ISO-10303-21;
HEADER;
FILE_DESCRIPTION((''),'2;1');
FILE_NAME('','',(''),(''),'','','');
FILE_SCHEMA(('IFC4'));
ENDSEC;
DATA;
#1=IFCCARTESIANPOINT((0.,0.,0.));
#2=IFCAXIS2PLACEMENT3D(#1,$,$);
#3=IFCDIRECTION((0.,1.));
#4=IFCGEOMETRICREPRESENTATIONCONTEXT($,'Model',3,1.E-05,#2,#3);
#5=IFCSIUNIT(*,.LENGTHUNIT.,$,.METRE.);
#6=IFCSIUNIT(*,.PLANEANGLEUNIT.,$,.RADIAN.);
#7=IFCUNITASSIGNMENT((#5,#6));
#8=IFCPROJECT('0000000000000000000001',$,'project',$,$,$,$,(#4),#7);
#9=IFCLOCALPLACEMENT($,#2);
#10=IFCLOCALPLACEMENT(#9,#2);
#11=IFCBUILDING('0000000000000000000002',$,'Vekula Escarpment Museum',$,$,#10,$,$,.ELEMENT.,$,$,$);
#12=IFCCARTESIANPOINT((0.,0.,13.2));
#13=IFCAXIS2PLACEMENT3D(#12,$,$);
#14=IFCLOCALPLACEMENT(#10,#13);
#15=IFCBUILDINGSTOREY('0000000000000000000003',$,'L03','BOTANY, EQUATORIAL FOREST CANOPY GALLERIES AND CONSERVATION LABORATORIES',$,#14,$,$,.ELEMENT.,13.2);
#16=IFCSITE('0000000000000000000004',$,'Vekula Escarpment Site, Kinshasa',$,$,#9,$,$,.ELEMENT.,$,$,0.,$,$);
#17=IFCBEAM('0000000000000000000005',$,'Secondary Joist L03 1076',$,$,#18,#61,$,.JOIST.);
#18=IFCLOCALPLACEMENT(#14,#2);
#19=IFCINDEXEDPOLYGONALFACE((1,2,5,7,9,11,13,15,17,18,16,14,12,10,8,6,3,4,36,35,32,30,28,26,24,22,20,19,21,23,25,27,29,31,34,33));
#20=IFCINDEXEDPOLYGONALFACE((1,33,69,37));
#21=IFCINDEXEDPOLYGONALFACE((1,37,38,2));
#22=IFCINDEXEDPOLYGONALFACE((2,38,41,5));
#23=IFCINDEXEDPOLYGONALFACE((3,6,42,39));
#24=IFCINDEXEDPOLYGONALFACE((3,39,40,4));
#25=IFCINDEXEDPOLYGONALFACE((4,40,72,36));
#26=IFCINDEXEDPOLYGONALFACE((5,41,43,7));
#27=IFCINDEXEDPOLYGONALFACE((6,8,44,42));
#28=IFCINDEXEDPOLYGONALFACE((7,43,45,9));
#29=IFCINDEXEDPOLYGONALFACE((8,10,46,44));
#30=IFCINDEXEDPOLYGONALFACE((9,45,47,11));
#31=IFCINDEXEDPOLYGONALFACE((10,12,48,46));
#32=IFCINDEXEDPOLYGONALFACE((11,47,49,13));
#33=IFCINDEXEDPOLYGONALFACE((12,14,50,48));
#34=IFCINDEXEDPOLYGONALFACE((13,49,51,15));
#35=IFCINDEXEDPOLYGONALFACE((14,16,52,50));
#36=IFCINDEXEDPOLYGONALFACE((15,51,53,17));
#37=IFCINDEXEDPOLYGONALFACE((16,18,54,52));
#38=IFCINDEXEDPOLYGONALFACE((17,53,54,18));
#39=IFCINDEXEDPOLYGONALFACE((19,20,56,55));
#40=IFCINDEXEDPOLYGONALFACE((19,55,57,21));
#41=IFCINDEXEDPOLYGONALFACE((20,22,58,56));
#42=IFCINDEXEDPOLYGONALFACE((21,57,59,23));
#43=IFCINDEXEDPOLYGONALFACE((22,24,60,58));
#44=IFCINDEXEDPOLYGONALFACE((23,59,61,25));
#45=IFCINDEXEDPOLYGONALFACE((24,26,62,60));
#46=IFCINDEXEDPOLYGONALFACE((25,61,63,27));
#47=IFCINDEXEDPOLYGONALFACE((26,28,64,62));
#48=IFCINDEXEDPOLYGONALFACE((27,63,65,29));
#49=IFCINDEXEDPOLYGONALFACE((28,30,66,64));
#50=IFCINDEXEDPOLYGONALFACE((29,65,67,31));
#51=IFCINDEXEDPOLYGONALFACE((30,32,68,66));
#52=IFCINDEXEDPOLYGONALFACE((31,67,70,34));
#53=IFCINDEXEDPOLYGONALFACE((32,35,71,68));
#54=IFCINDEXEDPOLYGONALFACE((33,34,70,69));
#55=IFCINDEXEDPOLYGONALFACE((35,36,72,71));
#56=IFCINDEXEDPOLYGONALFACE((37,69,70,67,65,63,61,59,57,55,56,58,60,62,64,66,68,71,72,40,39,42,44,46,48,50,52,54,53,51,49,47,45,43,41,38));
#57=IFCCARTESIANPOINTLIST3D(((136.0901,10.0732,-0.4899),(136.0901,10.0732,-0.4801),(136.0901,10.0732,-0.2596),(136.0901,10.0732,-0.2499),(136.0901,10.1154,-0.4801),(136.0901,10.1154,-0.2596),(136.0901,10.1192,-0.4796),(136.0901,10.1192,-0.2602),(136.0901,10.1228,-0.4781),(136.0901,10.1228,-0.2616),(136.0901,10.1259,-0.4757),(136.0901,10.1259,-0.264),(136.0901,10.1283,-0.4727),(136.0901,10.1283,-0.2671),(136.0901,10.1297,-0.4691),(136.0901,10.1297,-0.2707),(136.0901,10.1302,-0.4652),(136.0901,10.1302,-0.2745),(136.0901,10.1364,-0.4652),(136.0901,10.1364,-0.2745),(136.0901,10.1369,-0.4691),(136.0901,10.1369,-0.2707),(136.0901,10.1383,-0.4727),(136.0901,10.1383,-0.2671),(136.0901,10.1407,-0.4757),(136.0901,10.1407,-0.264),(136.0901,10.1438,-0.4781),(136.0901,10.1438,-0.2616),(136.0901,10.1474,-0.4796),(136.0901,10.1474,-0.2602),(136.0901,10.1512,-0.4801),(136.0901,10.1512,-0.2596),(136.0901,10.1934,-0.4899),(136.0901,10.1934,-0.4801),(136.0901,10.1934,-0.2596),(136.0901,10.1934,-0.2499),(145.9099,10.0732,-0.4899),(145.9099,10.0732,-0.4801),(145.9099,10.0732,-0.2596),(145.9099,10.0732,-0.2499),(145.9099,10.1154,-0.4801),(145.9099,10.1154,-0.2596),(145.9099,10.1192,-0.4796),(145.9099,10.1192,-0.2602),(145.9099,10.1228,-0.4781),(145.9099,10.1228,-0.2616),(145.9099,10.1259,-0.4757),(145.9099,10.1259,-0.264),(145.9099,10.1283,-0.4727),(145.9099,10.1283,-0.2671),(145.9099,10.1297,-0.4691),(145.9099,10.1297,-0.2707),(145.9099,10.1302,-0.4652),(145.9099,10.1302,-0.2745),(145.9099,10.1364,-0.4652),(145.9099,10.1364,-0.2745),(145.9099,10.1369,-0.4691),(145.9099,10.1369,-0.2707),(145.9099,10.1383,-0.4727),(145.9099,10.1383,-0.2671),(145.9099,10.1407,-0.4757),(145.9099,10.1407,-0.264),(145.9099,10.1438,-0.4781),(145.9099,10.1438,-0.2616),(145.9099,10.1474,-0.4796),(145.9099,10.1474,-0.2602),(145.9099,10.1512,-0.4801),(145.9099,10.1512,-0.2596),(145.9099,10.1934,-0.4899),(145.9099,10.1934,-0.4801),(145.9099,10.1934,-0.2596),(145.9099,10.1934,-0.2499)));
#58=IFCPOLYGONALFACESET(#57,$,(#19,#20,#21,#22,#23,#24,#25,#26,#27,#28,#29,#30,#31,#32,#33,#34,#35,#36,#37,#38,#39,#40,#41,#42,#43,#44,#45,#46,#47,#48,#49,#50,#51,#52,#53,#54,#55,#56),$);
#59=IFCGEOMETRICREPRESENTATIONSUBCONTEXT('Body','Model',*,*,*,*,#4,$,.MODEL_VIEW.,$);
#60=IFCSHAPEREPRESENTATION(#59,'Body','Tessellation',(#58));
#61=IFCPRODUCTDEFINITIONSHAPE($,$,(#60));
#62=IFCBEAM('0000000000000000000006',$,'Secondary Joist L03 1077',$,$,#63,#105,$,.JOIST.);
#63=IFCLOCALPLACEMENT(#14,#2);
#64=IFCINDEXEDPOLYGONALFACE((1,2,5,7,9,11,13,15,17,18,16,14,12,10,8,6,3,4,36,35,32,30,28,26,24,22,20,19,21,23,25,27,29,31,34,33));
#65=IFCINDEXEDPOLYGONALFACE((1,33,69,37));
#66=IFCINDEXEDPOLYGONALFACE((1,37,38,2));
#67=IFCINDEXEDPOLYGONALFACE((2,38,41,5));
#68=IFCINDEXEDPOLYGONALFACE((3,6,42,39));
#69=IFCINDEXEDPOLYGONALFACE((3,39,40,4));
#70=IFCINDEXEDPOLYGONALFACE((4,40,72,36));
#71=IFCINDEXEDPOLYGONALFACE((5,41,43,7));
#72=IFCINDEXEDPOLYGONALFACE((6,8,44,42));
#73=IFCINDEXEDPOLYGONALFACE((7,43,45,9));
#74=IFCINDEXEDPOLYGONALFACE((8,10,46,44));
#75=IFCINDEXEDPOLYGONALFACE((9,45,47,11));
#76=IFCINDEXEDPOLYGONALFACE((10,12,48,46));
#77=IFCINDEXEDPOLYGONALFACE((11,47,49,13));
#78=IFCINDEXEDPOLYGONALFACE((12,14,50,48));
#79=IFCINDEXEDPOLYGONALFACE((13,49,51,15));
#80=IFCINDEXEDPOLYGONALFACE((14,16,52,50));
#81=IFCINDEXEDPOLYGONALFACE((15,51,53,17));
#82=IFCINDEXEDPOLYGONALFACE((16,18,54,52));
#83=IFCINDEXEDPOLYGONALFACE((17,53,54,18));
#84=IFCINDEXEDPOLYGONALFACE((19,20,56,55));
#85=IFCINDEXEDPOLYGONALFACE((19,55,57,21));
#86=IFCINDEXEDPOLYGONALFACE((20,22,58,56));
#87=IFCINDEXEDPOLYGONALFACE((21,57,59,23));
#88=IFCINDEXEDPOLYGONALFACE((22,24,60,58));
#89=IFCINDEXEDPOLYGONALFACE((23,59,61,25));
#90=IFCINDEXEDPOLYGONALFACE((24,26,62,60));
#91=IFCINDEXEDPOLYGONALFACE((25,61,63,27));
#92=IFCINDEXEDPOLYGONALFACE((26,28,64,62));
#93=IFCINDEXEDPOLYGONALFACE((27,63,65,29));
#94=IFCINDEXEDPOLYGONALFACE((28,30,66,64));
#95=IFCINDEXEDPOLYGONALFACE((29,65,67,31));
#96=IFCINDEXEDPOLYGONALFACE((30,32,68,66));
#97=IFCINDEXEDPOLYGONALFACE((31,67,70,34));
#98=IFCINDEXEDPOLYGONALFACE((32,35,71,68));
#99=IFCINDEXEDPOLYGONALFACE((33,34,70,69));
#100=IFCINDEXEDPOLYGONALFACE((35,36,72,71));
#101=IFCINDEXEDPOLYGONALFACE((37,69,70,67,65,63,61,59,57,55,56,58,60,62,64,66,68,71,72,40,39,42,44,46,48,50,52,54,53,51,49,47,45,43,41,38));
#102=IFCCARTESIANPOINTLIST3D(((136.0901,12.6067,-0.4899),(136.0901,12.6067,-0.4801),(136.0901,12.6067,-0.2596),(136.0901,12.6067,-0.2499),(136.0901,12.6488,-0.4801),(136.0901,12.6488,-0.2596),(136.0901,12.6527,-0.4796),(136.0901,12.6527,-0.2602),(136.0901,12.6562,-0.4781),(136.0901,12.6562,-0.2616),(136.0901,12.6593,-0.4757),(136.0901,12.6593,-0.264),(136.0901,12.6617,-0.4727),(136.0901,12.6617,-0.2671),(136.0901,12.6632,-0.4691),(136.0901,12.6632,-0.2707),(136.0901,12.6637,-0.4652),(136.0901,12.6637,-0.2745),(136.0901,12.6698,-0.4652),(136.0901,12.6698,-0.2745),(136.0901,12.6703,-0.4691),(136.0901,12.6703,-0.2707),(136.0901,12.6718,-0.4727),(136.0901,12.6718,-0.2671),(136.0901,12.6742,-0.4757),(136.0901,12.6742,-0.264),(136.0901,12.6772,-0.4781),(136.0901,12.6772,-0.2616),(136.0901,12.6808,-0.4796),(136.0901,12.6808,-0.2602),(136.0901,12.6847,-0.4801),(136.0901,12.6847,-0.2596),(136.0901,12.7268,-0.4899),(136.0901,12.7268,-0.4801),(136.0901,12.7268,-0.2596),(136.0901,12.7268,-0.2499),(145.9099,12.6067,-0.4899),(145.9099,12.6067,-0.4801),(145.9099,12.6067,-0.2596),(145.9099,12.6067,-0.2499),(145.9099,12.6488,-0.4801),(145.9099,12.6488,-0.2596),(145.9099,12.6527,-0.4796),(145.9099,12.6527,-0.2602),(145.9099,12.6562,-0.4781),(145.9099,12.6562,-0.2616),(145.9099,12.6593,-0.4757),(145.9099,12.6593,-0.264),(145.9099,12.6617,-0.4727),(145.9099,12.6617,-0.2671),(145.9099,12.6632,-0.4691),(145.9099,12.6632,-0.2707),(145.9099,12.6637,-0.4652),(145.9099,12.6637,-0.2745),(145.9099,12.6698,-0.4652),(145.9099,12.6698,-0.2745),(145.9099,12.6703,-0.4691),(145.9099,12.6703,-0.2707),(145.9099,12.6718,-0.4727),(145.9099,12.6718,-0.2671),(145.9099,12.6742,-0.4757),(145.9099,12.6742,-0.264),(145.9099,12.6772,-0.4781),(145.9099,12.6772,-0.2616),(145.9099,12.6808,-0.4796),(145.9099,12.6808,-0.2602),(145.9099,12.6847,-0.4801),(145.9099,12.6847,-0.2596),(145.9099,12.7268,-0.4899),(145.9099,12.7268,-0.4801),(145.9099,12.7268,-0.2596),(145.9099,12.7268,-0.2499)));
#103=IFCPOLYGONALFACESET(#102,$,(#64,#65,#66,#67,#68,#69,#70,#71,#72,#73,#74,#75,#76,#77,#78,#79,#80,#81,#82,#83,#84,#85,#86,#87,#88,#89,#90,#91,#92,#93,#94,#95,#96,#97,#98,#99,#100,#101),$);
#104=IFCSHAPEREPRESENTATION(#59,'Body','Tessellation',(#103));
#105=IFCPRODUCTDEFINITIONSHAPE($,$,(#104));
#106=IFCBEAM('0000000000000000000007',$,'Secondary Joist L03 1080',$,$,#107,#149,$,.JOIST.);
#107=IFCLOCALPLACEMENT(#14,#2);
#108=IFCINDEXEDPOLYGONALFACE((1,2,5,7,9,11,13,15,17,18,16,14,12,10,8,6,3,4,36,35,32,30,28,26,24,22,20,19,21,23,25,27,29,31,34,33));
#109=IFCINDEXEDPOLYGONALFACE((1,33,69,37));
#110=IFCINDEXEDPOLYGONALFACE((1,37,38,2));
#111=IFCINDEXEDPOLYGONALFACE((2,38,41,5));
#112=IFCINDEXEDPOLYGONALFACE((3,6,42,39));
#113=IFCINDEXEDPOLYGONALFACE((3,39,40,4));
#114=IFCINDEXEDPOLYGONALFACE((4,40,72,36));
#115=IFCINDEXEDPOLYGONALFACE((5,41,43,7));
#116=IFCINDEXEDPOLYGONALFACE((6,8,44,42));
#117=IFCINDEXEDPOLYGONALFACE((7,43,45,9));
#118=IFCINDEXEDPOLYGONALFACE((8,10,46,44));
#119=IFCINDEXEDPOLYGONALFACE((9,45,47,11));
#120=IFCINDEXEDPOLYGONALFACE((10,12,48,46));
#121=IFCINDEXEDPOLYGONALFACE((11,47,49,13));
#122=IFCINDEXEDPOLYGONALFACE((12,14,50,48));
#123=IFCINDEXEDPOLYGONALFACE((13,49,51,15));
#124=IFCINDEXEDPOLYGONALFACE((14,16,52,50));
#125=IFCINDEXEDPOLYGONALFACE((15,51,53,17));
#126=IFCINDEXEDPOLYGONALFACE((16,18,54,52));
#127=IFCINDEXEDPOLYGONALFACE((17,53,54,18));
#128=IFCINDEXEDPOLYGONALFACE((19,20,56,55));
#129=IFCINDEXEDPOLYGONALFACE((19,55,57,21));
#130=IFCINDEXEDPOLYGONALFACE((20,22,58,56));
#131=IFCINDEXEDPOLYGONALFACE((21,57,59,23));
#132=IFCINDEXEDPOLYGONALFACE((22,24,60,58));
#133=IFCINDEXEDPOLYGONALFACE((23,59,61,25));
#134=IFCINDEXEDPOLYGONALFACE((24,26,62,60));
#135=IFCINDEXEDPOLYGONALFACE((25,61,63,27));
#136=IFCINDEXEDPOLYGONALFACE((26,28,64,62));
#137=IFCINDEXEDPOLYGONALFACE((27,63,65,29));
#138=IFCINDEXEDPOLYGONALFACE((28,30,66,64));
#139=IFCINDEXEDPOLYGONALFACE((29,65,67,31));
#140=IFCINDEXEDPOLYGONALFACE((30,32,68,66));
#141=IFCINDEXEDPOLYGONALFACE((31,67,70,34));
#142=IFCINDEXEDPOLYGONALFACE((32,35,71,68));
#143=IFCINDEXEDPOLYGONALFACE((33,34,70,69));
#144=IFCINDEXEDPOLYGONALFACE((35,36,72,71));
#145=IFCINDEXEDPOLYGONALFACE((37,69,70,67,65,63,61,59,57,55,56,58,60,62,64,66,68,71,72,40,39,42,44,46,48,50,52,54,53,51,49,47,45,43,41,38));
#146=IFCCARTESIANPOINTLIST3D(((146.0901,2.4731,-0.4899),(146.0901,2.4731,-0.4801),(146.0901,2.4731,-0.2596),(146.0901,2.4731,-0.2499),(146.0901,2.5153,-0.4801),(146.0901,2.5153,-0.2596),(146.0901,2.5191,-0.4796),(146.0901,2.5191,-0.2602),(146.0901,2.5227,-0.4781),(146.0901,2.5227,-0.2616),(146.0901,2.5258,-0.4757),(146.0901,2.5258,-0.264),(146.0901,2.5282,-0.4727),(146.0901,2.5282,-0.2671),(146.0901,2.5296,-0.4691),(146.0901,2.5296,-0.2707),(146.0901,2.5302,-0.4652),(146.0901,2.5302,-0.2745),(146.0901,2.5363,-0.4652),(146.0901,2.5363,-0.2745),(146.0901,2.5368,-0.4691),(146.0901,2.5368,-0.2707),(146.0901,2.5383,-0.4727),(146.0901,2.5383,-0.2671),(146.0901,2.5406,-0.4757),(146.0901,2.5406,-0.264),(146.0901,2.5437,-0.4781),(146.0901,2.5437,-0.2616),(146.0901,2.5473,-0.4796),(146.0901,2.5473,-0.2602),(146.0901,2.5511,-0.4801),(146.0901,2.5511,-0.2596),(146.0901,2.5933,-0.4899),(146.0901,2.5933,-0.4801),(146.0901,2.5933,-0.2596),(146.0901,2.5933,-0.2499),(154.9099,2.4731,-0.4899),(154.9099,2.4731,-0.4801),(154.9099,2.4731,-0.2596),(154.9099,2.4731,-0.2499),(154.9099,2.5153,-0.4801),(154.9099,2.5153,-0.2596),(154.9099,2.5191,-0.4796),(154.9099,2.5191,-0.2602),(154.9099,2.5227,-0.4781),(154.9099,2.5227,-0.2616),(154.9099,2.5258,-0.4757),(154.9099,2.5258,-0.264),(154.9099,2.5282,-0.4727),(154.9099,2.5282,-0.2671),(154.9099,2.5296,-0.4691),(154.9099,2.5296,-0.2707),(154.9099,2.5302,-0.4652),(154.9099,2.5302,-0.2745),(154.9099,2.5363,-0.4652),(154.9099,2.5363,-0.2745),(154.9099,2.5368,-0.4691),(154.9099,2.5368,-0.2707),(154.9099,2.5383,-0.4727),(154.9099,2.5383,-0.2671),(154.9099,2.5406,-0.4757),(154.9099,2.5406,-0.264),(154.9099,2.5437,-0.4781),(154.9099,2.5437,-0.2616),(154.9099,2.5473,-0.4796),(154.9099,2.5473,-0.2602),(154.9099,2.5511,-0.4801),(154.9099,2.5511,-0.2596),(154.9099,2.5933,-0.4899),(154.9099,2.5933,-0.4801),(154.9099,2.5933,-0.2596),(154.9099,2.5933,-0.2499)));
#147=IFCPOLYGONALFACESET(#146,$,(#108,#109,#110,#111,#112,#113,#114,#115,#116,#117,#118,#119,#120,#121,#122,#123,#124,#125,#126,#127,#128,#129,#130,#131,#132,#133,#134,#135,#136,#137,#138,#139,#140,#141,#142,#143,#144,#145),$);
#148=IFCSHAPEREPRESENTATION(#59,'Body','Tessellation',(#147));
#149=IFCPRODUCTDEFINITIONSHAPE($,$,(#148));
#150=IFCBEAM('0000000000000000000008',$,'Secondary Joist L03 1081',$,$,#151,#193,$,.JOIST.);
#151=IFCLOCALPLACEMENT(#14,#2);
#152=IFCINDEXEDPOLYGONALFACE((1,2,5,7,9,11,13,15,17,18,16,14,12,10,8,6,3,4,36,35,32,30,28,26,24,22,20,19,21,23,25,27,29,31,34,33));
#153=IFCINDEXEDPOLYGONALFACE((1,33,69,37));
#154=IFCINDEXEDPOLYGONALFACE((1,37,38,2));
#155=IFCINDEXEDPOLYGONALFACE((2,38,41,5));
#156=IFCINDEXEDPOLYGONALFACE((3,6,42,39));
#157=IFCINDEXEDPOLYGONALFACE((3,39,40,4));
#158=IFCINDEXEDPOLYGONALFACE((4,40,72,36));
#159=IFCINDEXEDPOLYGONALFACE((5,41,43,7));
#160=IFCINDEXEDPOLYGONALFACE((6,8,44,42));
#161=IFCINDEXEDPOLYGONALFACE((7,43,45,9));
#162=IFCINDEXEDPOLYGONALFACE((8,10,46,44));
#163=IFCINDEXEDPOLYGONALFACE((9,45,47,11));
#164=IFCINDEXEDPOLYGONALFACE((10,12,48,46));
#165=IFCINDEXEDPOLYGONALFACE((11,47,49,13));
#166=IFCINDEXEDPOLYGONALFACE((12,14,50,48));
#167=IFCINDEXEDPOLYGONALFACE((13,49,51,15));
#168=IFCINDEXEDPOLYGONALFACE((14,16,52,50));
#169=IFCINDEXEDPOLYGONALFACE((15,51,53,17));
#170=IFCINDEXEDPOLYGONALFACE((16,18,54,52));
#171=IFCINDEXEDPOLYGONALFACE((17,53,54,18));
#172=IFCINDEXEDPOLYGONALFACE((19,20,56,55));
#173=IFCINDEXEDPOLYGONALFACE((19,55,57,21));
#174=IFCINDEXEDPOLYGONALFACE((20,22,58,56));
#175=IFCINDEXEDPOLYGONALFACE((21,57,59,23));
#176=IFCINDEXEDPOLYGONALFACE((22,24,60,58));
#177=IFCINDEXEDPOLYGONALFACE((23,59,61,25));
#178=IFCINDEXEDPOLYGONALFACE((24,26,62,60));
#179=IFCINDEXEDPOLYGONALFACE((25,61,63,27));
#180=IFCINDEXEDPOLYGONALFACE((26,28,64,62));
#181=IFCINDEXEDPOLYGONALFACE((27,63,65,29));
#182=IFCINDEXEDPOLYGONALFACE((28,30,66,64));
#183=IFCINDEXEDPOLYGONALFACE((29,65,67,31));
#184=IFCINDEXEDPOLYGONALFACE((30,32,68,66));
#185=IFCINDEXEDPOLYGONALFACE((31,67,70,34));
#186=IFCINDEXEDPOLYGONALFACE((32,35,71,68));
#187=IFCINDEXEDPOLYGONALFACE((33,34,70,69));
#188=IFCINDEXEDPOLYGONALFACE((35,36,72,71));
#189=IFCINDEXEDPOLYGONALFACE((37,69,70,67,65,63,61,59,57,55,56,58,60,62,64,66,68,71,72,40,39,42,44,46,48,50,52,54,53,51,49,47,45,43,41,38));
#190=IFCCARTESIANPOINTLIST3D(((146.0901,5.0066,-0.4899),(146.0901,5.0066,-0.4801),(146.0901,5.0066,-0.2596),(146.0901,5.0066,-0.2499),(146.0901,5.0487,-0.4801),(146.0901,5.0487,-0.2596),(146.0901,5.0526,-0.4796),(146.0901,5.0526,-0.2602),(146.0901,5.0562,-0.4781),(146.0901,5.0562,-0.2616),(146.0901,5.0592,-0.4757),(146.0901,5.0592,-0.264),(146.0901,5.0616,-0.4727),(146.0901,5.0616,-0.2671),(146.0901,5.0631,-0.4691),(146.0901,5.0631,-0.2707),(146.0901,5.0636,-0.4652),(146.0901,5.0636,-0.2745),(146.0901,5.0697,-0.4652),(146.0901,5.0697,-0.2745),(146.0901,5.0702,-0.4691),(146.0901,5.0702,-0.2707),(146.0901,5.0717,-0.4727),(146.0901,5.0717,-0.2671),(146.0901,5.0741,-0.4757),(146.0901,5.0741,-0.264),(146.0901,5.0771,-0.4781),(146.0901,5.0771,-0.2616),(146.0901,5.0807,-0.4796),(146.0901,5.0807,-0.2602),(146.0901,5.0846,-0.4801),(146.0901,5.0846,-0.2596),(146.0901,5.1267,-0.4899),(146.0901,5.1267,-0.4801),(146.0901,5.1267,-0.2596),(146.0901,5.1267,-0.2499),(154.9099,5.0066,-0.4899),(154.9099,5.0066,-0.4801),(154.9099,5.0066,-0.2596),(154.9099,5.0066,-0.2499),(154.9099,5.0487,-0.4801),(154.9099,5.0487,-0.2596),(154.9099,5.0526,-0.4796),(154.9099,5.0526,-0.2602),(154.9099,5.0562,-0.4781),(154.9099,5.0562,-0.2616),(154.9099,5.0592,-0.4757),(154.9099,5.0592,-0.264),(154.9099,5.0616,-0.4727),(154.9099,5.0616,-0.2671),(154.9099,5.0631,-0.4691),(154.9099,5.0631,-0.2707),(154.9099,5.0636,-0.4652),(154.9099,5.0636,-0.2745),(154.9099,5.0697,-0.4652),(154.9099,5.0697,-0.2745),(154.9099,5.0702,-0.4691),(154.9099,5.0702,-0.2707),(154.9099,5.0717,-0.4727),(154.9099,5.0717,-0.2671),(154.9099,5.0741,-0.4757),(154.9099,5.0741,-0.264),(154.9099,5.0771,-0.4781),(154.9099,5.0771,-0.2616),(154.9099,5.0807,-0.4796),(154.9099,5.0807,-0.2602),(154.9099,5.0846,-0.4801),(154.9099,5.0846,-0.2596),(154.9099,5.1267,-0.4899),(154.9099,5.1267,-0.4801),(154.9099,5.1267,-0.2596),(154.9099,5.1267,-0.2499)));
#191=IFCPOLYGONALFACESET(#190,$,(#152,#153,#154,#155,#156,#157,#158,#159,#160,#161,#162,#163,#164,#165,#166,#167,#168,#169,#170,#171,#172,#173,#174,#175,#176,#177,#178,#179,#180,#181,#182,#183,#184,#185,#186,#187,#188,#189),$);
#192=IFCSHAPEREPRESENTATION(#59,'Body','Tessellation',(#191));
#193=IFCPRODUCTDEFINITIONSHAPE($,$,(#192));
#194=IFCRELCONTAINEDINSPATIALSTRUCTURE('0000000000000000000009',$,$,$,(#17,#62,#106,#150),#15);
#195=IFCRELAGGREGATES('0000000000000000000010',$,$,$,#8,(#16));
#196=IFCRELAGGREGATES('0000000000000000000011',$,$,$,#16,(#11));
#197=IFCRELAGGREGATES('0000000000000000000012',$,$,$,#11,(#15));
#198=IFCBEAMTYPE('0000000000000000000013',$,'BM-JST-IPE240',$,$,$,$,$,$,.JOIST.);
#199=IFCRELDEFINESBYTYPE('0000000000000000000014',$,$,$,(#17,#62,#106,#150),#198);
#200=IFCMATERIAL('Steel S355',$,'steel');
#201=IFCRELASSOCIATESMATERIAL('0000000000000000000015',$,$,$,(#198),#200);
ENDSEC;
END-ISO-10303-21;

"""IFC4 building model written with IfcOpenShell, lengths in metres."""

from ifc_helpers import new_model, si_unit, direction, frame, origin, origin_2d, place, context, subcontext, project, spatial, i_section, extrude, material, material_profile, profile_set, type_object, element, save


model = new_model("IFC4")

# Units and contexts
model_context = context("Model", 3, precision=1e-05, world=origin(), true_north=direction((0.0, 1.0)))
body_context = subcontext(model_context, "Body", "Model", "MODEL_VIEW")
ifc_project = project(units=[si_unit("LENGTHUNIT", "METRE"), si_unit("PLANEANGLEUNIT", "RADIAN")], contexts=[model_context])

# Site, building, storey
site_placement = place(None, origin())
site = spatial("IfcSite", under=ifc_project, at=site_placement, Name="Vekula Escarpment Site, Kinshasa", CompositionType="ELEMENT", RefElevation=0.0)
building_placement = place(site_placement, origin())
building = spatial("IfcBuilding", under=site, at=building_placement, Name="Vekula Escarpment Museum", CompositionType="ELEMENT")
storey_placement = place(building_placement, frame((0.0, 0.0, 13.2)))
storey = spatial("IfcBuildingStorey", under=building, at=storey_placement, Name="L03", Description="BOTANY, EQUATORIAL FOREST CANOPY GALLERIES AND CONSERVATION LABORATORIES", CompositionType="ELEMENT", Elevation=13.2)

# Beams
ifc_material_1 = material(Name="Steel S355", Category="steel")
ifc_material_profile_1 = material_profile(ifc_material_1, i_section(OverallWidth=0.1201, OverallDepth=0.24, WebThickness=0.0061, FlangeThickness=0.0098, FilletRadius=0.0149, at=origin_2d()), Name="IPE 240")
ifc_profile_set_1 = profile_set([ifc_material_profile_1], Name="Steel S355")
beam_type_1 = type_object("IfcBeamType", Name="BM-JST-IPE240", PredefinedType="JOIST", material=ifc_profile_set_1)
for number, where, z_axis, x_axis, name in (
    (1, (136.0901, 10.1333, -0.3699), (1.0, 0.0, 0.0), (0.0, 1.0, 0.0), "Secondary Joist L03 1076"),
    (2, (136.0901, 12.6667, -0.3699), (1.0, 0.0, 0.0), (0.0, 1.0, 0.0), "Secondary Joist L03 1077"),
):
    element("IfcBeam", number, at=place(storey_placement, frame(where, z_axis=z_axis, x_axis=x_axis)), inside=storey, type_object=beam_type_1, Name=name, PredefinedType="JOIST", context=body_context, shape_type="SweptSolid", body=[
        extrude(i_section(OverallWidth=0.1201, OverallDepth=0.24, WebThickness=0.0061, FlangeThickness=0.0098, FilletRadius=0.0149, at=origin_2d()), origin(), (0.0, 0.0, 1.0), 9.8198),
    ])
for number, where, z_axis, x_axis, name in (
    (3, (146.0901, 2.5332, -0.3699), (1.0, 0.0, 0.0), (0.0, 1.0, 0.0), "Secondary Joist L03 1080"),
    (4, (146.0901, 5.0667, -0.3699), (1.0, 0.0, 0.0), (0.0, 1.0, 0.0), "Secondary Joist L03 1081"),
):
    element("IfcBeam", number, at=place(storey_placement, frame(where, z_axis=z_axis, x_axis=x_axis)), inside=storey, type_object=beam_type_1, Name=name, PredefinedType="JOIST", context=body_context, shape_type="SweptSolid", body=[
        extrude(i_section(OverallWidth=0.1201, OverallDepth=0.24, WebThickness=0.0061, FlangeThickness=0.0098, FilletRadius=0.0149, at=origin_2d()), origin(), (0.0, 0.0, 1.0), 8.8198),
    ])

save(model, "model.ifc")
